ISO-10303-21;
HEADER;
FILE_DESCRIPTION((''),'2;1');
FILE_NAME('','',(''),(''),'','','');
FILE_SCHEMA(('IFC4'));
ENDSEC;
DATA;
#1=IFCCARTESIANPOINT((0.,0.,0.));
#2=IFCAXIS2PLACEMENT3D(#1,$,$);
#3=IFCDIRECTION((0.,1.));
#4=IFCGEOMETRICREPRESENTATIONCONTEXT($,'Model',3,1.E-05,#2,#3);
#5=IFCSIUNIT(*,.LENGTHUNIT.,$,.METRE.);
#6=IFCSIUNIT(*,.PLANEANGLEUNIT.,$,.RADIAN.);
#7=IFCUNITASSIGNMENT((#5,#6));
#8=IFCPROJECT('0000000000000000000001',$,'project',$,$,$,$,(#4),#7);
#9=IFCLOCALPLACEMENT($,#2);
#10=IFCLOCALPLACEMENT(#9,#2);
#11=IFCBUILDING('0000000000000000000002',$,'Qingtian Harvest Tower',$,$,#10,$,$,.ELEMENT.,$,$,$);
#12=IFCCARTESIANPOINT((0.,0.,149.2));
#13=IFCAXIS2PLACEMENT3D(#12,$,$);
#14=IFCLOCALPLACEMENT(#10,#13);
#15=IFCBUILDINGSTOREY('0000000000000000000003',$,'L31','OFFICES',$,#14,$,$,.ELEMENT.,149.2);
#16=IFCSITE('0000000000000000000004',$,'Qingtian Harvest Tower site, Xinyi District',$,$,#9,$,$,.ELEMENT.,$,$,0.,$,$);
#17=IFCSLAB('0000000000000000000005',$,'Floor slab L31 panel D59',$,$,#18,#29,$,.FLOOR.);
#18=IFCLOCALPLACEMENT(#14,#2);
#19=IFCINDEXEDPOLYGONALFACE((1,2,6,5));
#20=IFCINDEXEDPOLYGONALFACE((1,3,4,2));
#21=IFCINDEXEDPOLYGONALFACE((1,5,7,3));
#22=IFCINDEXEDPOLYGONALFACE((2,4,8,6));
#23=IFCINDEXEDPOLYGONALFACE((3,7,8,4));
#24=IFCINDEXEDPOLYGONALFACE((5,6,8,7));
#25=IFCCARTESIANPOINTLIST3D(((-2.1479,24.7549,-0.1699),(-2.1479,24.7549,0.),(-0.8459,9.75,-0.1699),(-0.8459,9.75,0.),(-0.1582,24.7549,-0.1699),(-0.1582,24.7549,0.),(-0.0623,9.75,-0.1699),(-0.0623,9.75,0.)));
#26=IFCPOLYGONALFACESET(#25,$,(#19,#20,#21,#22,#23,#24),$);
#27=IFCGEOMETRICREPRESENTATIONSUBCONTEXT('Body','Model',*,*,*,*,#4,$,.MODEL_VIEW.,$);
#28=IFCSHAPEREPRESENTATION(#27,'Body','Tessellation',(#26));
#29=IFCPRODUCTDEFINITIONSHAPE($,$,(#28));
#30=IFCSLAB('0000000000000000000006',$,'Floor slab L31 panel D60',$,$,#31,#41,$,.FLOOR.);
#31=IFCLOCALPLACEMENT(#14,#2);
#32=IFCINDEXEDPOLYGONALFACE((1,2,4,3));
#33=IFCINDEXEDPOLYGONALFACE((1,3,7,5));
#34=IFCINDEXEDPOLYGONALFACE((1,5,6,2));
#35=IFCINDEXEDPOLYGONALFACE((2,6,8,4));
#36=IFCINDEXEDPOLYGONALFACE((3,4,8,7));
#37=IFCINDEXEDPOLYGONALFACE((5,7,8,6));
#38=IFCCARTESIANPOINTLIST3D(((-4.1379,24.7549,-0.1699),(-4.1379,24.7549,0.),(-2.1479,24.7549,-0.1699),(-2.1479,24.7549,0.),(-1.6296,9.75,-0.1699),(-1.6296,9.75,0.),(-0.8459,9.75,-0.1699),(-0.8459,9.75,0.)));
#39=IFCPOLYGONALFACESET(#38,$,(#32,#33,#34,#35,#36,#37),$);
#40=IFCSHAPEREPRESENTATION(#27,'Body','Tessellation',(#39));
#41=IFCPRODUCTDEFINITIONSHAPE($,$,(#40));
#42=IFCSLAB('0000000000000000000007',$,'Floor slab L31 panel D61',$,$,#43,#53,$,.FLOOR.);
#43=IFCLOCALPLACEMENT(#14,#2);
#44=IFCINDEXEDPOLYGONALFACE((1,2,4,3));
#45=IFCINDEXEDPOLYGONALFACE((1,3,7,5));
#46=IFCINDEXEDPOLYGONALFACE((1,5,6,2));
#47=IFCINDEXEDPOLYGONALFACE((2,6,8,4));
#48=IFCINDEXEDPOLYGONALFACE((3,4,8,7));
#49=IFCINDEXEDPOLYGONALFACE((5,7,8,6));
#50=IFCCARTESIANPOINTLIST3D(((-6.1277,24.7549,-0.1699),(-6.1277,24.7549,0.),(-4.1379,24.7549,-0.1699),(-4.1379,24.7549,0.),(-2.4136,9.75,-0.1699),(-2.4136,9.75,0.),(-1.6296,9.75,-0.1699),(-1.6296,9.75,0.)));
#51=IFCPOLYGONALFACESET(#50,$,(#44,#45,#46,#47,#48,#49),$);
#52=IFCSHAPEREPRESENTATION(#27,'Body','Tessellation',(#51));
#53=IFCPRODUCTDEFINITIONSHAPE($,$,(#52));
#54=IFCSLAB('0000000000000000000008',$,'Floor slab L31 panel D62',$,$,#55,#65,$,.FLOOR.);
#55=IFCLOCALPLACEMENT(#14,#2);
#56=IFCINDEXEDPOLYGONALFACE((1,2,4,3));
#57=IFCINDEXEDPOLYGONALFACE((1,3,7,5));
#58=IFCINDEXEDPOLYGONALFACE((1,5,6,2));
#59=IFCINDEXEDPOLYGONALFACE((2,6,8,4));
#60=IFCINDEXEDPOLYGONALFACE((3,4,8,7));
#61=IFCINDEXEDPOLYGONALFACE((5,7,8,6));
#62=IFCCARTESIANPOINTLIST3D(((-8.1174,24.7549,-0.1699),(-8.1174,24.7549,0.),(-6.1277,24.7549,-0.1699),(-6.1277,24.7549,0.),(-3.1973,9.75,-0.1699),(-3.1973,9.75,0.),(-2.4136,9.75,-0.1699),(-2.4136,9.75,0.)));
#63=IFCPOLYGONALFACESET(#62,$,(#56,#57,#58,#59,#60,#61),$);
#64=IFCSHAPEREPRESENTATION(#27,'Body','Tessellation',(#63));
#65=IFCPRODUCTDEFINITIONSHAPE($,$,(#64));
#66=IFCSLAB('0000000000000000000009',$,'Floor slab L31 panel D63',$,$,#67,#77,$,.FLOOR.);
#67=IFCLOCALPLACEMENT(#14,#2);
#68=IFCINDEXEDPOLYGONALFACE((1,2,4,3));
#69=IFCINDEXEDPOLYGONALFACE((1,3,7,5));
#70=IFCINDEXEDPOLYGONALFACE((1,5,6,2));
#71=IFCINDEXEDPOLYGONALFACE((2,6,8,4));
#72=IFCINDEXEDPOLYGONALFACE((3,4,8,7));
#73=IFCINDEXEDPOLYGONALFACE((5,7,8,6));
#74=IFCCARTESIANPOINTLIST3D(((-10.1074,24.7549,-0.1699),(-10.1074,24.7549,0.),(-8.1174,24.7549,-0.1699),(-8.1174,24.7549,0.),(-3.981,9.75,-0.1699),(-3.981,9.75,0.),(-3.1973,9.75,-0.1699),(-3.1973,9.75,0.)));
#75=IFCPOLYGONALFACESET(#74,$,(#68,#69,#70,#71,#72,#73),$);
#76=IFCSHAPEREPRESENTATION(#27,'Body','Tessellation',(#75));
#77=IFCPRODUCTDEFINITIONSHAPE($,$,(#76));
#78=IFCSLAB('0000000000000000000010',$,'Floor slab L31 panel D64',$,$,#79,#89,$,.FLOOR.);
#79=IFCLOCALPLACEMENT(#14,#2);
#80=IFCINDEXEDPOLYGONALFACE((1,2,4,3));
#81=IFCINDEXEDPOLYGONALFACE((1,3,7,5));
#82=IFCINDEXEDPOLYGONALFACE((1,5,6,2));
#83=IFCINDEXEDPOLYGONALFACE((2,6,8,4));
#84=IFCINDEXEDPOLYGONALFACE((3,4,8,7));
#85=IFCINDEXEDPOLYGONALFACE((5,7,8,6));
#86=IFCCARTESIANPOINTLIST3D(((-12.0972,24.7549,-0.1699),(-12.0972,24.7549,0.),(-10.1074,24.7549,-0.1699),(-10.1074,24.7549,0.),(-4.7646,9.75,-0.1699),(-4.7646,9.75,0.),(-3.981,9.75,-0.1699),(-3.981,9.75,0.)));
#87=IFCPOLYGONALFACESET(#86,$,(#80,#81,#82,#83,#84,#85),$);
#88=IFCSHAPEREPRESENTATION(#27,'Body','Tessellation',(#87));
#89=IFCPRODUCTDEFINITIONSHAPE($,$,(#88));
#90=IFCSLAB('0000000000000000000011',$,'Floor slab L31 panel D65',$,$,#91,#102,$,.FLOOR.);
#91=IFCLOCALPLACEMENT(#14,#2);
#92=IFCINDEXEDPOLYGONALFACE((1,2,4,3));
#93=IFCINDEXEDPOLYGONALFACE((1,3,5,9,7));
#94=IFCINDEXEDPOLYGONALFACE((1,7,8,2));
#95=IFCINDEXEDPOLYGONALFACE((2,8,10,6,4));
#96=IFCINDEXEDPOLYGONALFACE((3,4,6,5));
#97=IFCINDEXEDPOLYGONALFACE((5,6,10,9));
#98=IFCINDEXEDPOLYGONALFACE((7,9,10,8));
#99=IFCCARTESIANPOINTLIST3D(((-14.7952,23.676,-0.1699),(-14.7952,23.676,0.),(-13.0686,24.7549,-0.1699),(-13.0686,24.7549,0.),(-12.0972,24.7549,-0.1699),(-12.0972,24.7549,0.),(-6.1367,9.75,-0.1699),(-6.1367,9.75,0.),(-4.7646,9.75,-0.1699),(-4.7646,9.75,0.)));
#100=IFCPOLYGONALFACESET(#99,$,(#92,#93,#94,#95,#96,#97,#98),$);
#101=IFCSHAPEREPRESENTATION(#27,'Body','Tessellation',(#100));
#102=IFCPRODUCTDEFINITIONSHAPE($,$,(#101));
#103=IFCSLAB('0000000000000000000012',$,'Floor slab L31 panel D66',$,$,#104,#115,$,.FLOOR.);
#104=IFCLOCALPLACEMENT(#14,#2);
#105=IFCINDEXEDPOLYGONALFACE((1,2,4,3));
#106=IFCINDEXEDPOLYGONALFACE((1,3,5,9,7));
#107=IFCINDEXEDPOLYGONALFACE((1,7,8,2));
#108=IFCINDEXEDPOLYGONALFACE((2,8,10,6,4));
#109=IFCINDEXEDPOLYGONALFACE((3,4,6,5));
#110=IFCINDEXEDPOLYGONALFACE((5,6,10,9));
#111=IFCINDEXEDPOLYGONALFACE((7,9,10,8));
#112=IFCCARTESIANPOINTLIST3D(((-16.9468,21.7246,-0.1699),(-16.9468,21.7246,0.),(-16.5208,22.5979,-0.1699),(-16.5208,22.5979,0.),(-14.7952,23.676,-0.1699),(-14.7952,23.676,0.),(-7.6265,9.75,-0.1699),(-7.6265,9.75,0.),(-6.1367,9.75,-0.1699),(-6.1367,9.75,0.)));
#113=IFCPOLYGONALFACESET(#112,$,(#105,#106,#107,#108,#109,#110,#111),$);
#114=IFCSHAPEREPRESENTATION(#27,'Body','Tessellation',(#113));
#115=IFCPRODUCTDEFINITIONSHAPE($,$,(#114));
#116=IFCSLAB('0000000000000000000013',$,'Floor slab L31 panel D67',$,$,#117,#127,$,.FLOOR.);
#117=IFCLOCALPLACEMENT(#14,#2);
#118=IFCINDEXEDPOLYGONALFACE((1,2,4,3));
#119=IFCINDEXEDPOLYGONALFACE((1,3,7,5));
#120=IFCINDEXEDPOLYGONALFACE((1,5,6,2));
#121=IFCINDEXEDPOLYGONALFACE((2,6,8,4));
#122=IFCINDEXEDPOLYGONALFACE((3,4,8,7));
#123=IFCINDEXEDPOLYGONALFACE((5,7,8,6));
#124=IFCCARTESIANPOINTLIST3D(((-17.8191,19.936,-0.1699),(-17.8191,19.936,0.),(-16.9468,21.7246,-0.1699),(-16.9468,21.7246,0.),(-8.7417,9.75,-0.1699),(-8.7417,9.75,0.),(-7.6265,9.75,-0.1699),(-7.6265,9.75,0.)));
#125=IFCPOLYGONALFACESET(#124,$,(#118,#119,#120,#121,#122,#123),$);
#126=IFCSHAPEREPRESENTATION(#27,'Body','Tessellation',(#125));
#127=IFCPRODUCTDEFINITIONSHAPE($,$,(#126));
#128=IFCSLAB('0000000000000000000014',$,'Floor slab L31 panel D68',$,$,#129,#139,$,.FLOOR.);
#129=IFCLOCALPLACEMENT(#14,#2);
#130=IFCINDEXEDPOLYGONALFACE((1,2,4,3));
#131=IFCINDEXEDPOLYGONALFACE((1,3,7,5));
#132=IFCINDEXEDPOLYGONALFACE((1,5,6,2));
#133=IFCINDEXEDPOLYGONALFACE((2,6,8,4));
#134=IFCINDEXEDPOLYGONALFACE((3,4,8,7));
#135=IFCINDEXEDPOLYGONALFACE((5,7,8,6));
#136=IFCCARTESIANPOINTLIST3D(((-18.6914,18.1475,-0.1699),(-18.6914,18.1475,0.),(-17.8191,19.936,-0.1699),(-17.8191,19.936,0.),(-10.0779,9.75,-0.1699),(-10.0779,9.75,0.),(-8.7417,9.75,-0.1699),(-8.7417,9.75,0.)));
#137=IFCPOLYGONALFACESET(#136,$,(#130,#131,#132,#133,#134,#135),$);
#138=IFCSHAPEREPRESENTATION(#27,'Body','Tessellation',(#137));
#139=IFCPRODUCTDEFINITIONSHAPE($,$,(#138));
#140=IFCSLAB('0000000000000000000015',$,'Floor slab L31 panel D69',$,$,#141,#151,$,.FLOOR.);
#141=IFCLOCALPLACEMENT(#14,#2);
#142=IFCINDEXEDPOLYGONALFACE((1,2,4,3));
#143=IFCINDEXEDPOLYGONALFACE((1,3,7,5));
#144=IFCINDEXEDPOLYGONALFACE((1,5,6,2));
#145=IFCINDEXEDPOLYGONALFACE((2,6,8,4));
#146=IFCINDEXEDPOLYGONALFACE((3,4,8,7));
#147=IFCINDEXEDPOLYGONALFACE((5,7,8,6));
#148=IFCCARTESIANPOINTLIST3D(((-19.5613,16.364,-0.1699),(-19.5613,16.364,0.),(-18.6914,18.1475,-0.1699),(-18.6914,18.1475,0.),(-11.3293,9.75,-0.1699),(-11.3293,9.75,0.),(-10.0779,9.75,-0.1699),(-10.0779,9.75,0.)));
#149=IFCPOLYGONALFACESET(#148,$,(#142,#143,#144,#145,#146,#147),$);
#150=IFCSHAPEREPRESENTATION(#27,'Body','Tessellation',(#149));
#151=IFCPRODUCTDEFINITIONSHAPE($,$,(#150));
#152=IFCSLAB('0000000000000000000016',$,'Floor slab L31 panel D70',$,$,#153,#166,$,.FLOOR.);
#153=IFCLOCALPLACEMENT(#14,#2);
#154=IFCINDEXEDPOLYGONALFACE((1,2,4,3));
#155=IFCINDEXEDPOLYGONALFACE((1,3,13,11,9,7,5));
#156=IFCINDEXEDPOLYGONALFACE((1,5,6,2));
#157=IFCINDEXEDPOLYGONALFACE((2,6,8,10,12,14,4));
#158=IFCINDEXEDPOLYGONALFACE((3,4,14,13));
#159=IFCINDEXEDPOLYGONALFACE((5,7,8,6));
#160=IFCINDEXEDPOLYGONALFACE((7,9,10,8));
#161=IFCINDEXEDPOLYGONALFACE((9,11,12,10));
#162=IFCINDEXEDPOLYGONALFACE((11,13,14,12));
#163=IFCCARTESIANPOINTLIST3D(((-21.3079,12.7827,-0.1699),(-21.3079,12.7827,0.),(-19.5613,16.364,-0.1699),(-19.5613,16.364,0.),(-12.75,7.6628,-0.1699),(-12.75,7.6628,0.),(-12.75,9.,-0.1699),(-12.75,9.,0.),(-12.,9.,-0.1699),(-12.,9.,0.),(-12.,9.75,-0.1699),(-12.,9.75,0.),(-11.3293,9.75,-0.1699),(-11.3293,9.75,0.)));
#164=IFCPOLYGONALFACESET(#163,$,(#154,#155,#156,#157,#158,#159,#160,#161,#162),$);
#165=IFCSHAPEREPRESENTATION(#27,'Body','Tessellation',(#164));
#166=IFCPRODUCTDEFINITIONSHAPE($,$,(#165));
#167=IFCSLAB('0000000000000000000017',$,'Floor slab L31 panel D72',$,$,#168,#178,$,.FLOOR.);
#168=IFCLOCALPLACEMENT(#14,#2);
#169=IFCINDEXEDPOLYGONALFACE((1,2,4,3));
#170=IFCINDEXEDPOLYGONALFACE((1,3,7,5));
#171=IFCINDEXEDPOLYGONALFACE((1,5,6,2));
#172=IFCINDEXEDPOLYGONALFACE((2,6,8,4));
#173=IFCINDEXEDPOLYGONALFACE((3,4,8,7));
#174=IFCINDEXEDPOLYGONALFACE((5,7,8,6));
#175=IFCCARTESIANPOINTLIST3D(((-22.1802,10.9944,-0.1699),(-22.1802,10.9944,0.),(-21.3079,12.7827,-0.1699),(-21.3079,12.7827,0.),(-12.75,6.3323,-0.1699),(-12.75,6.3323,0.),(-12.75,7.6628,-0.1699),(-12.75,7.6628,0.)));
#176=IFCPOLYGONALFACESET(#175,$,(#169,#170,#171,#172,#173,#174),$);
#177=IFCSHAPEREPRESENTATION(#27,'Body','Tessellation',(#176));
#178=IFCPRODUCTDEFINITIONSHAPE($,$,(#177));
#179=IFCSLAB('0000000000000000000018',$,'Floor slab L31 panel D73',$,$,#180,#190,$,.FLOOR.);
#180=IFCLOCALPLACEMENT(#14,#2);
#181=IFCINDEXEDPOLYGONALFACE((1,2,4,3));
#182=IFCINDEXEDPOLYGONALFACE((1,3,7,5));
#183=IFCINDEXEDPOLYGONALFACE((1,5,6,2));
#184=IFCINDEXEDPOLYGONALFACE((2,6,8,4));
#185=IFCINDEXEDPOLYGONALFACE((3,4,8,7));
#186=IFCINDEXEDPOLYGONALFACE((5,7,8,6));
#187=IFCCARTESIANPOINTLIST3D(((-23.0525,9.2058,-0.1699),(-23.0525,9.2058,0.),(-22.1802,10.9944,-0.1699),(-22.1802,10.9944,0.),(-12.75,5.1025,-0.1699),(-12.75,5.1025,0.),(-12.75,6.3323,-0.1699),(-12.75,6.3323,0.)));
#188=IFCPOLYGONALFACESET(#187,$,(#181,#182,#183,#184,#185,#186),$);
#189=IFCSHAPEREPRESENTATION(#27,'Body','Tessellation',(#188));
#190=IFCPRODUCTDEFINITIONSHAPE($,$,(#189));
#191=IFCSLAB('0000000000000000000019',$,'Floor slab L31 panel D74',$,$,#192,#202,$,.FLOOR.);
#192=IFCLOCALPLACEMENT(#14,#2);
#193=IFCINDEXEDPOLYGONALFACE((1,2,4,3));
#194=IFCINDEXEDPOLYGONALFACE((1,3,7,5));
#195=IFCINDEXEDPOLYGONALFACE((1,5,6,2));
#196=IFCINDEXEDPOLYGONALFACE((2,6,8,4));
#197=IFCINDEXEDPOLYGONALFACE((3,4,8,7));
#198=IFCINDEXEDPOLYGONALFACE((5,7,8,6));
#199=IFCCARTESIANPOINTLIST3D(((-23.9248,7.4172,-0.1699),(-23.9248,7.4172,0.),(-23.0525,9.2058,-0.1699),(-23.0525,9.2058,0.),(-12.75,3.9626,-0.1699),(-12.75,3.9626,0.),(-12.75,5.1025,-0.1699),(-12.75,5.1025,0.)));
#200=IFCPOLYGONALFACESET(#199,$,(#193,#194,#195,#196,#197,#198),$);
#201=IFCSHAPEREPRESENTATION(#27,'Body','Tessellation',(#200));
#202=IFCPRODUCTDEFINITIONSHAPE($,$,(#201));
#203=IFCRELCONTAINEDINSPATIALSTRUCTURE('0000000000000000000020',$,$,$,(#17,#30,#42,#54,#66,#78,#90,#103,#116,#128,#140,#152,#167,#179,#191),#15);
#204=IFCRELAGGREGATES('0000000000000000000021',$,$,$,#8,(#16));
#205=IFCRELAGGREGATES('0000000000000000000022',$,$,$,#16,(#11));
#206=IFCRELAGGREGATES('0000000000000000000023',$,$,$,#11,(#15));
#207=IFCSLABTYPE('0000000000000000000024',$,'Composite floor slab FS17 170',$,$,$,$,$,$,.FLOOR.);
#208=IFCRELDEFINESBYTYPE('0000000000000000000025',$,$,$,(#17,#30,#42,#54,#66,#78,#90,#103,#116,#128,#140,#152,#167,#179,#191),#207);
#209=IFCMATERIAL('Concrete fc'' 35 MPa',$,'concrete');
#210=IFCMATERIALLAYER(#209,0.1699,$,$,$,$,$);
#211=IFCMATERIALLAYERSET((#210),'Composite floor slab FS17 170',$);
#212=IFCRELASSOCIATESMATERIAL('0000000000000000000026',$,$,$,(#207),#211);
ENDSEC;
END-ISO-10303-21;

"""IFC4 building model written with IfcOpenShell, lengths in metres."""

from ifc_helpers import new_model, si_unit, direction, frame, origin, place, context, subcontext, project, spatial, polyline, outline, extrude, material, layer, layer_set, type_object, element, save


model = new_model("IFC4")

# Units and contexts
model_context = context("Model", 3, precision=1e-05, world=origin(), true_north=direction((0.0, 1.0)))
body_context = subcontext(model_context, "Body", "Model", "MODEL_VIEW")
ifc_project = project(units=[si_unit("LENGTHUNIT", "METRE"), si_unit("PLANEANGLEUNIT", "RADIAN")], contexts=[model_context])

# Site, building, storey
site_placement = place(None, origin())
site = spatial("IfcSite", under=ifc_project, at=site_placement, Name="Qingtian Harvest Tower site, Xinyi District", CompositionType="ELEMENT", RefElevation=0.0)
building_placement = place(site_placement, origin())
building = spatial("IfcBuilding", under=site, at=building_placement, Name="Qingtian Harvest Tower", CompositionType="ELEMENT")
storey_placement = place(building_placement, frame((0.0, 0.0, 149.2)))
storey = spatial("IfcBuildingStorey", under=building, at=storey_placement, Name="L31", Description="OFFICES", CompositionType="ELEMENT", Elevation=149.2)

# Slabs
ifc_material_1 = material(Name="Concrete fc' 35 MPa", Category="concrete")
ifc_layer_1 = layer(ifc_material_1, 0.1699)
ifc_layer_set_1 = layer_set([ifc_layer_1], Name="Composite floor slab FS17 170")
slab_type = type_object("IfcSlabType", Name="Composite floor slab FS17 170", PredefinedType="FLOOR", material=ifc_layer_set_1)
slab_1_placement = place(storey_placement, frame((0.0, 0.0, -0.1699)))
element("IfcSlab", 1, at=slab_1_placement, inside=storey, type_object=slab_type, Name="Floor slab L31 panel D59", PredefinedType="FLOOR", context=body_context, shape_type="SweptSolid", body=[
    extrude(outline(polyline([(-0.8459, 9.75), (-2.1479, 24.7549), (-0.1582, 24.7549), (-0.0623, 9.75), (-0.8459, 9.75)])), origin(), (0.0, 0.0, 1.0), 0.1699),
])
slab_2_placement = place(storey_placement, frame((0.0, 0.0, -0.1699)))
element("IfcSlab", 2, at=slab_2_placement, inside=storey, type_object=slab_type, Name="Floor slab L31 panel D60", PredefinedType="FLOOR", context=body_context, shape_type="SweptSolid", body=[
    extrude(outline(polyline([(-1.6296, 9.75), (-4.1379, 24.7549), (-2.1479, 24.7549), (-0.8459, 9.75), (-1.6296, 9.75)])), origin(), (0.0, 0.0, 1.0), 0.1699),
])
slab_3_placement = place(storey_placement, frame((0.0, 0.0, -0.1699)))
element("IfcSlab", 3, at=slab_3_placement, inside=storey, type_object=slab_type, Name="Floor slab L31 panel D61", PredefinedType="FLOOR", context=body_context, shape_type="SweptSolid", body=[
    extrude(outline(polyline([(-2.4136, 9.75), (-6.1277, 24.7549), (-4.1379, 24.7549), (-1.6296, 9.75), (-2.4136, 9.75)])), origin(), (0.0, 0.0, 1.0), 0.1699),
])
slab_4_placement = place(storey_placement, frame((0.0, 0.0, -0.1699)))
element("IfcSlab", 4, at=slab_4_placement, inside=storey, type_object=slab_type, Name="Floor slab L31 panel D62", PredefinedType="FLOOR", context=body_context, shape_type="SweptSolid", body=[
    extrude(outline(polyline([(-3.1973, 9.75), (-8.1174, 24.7549), (-6.1277, 24.7549), (-2.4136, 9.75), (-3.1973, 9.75)])), origin(), (0.0, 0.0, 1.0), 0.1699),
])
slab_5_placement = place(storey_placement, frame((0.0, 0.0, -0.1699)))
element("IfcSlab", 5, at=slab_5_placement, inside=storey, type_object=slab_type, Name="Floor slab L31 panel D63", PredefinedType="FLOOR", context=body_context, shape_type="SweptSolid", body=[
    extrude(outline(polyline([(-3.981, 9.75), (-10.1074, 24.7549), (-8.1174, 24.7549), (-3.1973, 9.75), (-3.981, 9.75)])), origin(), (0.0, 0.0, 1.0), 0.1699),
])
slab_6_placement = place(storey_placement, frame((0.0, 0.0, -0.1699)))
element("IfcSlab", 6, at=slab_6_placement, inside=storey, type_object=slab_type, Name="Floor slab L31 panel D64", PredefinedType="FLOOR", context=body_context, shape_type="SweptSolid", body=[
    extrude(outline(polyline([(-4.7646, 9.75), (-12.0972, 24.7549), (-10.1074, 24.7549), (-3.981, 9.75), (-4.7646, 9.75)])), origin(), (0.0, 0.0, 1.0), 0.1699),
])
slab_7_placement = place(storey_placement, frame((0.0, 0.0, -0.1699)))
element("IfcSlab", 7, at=slab_7_placement, inside=storey, type_object=slab_type, Name="Floor slab L31 panel D65", PredefinedType="FLOOR", context=body_context, shape_type="SweptSolid", body=[
    extrude(outline(polyline([(-4.7646, 9.75), (-6.1367, 9.75), (-14.7952, 23.676), (-13.0686, 24.7549), (-12.0972, 24.7549), (-4.7646, 9.75)])), origin(), (0.0, 0.0, 1.0), 0.1699),
])
slab_8_placement = place(storey_placement, frame((0.0, 0.0, -0.1699)))
element("IfcSlab", 8, at=slab_8_placement, inside=storey, type_object=slab_type, Name="Floor slab L31 panel D66", PredefinedType="FLOOR", context=body_context, shape_type="SweptSolid", body=[
    extrude(outline(polyline([(-6.1367, 9.75), (-7.6265, 9.75), (-16.9468, 21.7246), (-16.5208, 22.5979), (-14.7952, 23.676), (-6.1367, 9.75)])), origin(), (0.0, 0.0, 1.0), 0.1699),
])
slab_9_placement = place(storey_placement, frame((0.0, 0.0, -0.1699)))
element("IfcSlab", 9, at=slab_9_placement, inside=storey, type_object=slab_type, Name="Floor slab L31 panel D67", PredefinedType="FLOOR", context=body_context, shape_type="SweptSolid", body=[
    extrude(outline(polyline([(-8.7417, 9.75), (-17.8191, 19.936), (-16.9468, 21.7246), (-7.6265, 9.75), (-8.7417, 9.75)])), origin(), (0.0, 0.0, 1.0), 0.1699),
])
slab_10_placement = place(storey_placement, frame((0.0, 0.0, -0.1699)))
element("IfcSlab", 10, at=slab_10_placement, inside=storey, type_object=slab_type, Name="Floor slab L31 panel D68", PredefinedType="FLOOR", context=body_context, shape_type="SweptSolid", body=[
    extrude(outline(polyline([(-10.0779, 9.75), (-18.6914, 18.1475), (-17.8191, 19.936), (-8.7417, 9.75), (-10.0779, 9.75)])), origin(), (0.0, 0.0, 1.0), 0.1699),
])
slab_11_placement = place(storey_placement, frame((0.0, 0.0, -0.1699)))
element("IfcSlab", 11, at=slab_11_placement, inside=storey, type_object=slab_type, Name="Floor slab L31 panel D69", PredefinedType="FLOOR", context=body_context, shape_type="SweptSolid", body=[
    extrude(outline(polyline([(-11.3293, 9.75), (-19.5613, 16.364), (-18.6914, 18.1475), (-10.0779, 9.75), (-11.3293, 9.75)])), origin(), (0.0, 0.0, 1.0), 0.1699),
])
slab_12_placement = place(storey_placement, frame((0.0, 0.0, -0.1699)))
element("IfcSlab", 12, at=slab_12_placement, inside=storey, type_object=slab_type, Name="Floor slab L31 panel D70", PredefinedType="FLOOR", context=body_context, shape_type="SweptSolid", body=[
    extrude(outline(polyline([(-12.0, 9.0), (-12.75, 9.0), (-12.75, 7.6628), (-21.3079, 12.7827), (-19.5613, 16.364), (-11.3293, 9.75), (-12.0, 9.75), (-12.0, 9.0)])), origin(), (0.0, 0.0, 1.0), 0.1699),
])
slab_13_placement = place(storey_placement, frame((0.0, 0.0, -0.1699)))
element("IfcSlab", 13, at=slab_13_placement, inside=storey, type_object=slab_type, Name="Floor slab L31 panel D72", PredefinedType="FLOOR", context=body_context, shape_type="SweptSolid", body=[
    extrude(outline(polyline([(-12.75, 6.3323), (-22.1802, 10.9944), (-21.3079, 12.7827), (-12.75, 7.6628), (-12.75, 6.3323)])), origin(), (0.0, 0.0, 1.0), 0.1699),
])
slab_14_placement = place(storey_placement, frame((0.0, 0.0, -0.1699)))
element("IfcSlab", 14, at=slab_14_placement, inside=storey, type_object=slab_type, Name="Floor slab L31 panel D73", PredefinedType="FLOOR", context=body_context, shape_type="SweptSolid", body=[
    extrude(outline(polyline([(-12.75, 5.1025), (-23.0525, 9.2058), (-22.1802, 10.9944), (-12.75, 6.3323), (-12.75, 5.1025)])), origin(), (0.0, 0.0, 1.0), 0.1699),
])
slab_15_placement = place(storey_placement, frame((0.0, 0.0, -0.1699)))
element("IfcSlab", 15, at=slab_15_placement, inside=storey, type_object=slab_type, Name="Floor slab L31 panel D74", PredefinedType="FLOOR", context=body_context, shape_type="SweptSolid", body=[
    extrude(outline(polyline([(-12.75, 3.9626), (-23.9248, 7.4172), (-23.0525, 9.2058), (-12.75, 5.1025), (-12.75, 3.9626)])), origin(), (0.0, 0.0, 1.0), 0.1699),
])

save(model, "model.ifc")
